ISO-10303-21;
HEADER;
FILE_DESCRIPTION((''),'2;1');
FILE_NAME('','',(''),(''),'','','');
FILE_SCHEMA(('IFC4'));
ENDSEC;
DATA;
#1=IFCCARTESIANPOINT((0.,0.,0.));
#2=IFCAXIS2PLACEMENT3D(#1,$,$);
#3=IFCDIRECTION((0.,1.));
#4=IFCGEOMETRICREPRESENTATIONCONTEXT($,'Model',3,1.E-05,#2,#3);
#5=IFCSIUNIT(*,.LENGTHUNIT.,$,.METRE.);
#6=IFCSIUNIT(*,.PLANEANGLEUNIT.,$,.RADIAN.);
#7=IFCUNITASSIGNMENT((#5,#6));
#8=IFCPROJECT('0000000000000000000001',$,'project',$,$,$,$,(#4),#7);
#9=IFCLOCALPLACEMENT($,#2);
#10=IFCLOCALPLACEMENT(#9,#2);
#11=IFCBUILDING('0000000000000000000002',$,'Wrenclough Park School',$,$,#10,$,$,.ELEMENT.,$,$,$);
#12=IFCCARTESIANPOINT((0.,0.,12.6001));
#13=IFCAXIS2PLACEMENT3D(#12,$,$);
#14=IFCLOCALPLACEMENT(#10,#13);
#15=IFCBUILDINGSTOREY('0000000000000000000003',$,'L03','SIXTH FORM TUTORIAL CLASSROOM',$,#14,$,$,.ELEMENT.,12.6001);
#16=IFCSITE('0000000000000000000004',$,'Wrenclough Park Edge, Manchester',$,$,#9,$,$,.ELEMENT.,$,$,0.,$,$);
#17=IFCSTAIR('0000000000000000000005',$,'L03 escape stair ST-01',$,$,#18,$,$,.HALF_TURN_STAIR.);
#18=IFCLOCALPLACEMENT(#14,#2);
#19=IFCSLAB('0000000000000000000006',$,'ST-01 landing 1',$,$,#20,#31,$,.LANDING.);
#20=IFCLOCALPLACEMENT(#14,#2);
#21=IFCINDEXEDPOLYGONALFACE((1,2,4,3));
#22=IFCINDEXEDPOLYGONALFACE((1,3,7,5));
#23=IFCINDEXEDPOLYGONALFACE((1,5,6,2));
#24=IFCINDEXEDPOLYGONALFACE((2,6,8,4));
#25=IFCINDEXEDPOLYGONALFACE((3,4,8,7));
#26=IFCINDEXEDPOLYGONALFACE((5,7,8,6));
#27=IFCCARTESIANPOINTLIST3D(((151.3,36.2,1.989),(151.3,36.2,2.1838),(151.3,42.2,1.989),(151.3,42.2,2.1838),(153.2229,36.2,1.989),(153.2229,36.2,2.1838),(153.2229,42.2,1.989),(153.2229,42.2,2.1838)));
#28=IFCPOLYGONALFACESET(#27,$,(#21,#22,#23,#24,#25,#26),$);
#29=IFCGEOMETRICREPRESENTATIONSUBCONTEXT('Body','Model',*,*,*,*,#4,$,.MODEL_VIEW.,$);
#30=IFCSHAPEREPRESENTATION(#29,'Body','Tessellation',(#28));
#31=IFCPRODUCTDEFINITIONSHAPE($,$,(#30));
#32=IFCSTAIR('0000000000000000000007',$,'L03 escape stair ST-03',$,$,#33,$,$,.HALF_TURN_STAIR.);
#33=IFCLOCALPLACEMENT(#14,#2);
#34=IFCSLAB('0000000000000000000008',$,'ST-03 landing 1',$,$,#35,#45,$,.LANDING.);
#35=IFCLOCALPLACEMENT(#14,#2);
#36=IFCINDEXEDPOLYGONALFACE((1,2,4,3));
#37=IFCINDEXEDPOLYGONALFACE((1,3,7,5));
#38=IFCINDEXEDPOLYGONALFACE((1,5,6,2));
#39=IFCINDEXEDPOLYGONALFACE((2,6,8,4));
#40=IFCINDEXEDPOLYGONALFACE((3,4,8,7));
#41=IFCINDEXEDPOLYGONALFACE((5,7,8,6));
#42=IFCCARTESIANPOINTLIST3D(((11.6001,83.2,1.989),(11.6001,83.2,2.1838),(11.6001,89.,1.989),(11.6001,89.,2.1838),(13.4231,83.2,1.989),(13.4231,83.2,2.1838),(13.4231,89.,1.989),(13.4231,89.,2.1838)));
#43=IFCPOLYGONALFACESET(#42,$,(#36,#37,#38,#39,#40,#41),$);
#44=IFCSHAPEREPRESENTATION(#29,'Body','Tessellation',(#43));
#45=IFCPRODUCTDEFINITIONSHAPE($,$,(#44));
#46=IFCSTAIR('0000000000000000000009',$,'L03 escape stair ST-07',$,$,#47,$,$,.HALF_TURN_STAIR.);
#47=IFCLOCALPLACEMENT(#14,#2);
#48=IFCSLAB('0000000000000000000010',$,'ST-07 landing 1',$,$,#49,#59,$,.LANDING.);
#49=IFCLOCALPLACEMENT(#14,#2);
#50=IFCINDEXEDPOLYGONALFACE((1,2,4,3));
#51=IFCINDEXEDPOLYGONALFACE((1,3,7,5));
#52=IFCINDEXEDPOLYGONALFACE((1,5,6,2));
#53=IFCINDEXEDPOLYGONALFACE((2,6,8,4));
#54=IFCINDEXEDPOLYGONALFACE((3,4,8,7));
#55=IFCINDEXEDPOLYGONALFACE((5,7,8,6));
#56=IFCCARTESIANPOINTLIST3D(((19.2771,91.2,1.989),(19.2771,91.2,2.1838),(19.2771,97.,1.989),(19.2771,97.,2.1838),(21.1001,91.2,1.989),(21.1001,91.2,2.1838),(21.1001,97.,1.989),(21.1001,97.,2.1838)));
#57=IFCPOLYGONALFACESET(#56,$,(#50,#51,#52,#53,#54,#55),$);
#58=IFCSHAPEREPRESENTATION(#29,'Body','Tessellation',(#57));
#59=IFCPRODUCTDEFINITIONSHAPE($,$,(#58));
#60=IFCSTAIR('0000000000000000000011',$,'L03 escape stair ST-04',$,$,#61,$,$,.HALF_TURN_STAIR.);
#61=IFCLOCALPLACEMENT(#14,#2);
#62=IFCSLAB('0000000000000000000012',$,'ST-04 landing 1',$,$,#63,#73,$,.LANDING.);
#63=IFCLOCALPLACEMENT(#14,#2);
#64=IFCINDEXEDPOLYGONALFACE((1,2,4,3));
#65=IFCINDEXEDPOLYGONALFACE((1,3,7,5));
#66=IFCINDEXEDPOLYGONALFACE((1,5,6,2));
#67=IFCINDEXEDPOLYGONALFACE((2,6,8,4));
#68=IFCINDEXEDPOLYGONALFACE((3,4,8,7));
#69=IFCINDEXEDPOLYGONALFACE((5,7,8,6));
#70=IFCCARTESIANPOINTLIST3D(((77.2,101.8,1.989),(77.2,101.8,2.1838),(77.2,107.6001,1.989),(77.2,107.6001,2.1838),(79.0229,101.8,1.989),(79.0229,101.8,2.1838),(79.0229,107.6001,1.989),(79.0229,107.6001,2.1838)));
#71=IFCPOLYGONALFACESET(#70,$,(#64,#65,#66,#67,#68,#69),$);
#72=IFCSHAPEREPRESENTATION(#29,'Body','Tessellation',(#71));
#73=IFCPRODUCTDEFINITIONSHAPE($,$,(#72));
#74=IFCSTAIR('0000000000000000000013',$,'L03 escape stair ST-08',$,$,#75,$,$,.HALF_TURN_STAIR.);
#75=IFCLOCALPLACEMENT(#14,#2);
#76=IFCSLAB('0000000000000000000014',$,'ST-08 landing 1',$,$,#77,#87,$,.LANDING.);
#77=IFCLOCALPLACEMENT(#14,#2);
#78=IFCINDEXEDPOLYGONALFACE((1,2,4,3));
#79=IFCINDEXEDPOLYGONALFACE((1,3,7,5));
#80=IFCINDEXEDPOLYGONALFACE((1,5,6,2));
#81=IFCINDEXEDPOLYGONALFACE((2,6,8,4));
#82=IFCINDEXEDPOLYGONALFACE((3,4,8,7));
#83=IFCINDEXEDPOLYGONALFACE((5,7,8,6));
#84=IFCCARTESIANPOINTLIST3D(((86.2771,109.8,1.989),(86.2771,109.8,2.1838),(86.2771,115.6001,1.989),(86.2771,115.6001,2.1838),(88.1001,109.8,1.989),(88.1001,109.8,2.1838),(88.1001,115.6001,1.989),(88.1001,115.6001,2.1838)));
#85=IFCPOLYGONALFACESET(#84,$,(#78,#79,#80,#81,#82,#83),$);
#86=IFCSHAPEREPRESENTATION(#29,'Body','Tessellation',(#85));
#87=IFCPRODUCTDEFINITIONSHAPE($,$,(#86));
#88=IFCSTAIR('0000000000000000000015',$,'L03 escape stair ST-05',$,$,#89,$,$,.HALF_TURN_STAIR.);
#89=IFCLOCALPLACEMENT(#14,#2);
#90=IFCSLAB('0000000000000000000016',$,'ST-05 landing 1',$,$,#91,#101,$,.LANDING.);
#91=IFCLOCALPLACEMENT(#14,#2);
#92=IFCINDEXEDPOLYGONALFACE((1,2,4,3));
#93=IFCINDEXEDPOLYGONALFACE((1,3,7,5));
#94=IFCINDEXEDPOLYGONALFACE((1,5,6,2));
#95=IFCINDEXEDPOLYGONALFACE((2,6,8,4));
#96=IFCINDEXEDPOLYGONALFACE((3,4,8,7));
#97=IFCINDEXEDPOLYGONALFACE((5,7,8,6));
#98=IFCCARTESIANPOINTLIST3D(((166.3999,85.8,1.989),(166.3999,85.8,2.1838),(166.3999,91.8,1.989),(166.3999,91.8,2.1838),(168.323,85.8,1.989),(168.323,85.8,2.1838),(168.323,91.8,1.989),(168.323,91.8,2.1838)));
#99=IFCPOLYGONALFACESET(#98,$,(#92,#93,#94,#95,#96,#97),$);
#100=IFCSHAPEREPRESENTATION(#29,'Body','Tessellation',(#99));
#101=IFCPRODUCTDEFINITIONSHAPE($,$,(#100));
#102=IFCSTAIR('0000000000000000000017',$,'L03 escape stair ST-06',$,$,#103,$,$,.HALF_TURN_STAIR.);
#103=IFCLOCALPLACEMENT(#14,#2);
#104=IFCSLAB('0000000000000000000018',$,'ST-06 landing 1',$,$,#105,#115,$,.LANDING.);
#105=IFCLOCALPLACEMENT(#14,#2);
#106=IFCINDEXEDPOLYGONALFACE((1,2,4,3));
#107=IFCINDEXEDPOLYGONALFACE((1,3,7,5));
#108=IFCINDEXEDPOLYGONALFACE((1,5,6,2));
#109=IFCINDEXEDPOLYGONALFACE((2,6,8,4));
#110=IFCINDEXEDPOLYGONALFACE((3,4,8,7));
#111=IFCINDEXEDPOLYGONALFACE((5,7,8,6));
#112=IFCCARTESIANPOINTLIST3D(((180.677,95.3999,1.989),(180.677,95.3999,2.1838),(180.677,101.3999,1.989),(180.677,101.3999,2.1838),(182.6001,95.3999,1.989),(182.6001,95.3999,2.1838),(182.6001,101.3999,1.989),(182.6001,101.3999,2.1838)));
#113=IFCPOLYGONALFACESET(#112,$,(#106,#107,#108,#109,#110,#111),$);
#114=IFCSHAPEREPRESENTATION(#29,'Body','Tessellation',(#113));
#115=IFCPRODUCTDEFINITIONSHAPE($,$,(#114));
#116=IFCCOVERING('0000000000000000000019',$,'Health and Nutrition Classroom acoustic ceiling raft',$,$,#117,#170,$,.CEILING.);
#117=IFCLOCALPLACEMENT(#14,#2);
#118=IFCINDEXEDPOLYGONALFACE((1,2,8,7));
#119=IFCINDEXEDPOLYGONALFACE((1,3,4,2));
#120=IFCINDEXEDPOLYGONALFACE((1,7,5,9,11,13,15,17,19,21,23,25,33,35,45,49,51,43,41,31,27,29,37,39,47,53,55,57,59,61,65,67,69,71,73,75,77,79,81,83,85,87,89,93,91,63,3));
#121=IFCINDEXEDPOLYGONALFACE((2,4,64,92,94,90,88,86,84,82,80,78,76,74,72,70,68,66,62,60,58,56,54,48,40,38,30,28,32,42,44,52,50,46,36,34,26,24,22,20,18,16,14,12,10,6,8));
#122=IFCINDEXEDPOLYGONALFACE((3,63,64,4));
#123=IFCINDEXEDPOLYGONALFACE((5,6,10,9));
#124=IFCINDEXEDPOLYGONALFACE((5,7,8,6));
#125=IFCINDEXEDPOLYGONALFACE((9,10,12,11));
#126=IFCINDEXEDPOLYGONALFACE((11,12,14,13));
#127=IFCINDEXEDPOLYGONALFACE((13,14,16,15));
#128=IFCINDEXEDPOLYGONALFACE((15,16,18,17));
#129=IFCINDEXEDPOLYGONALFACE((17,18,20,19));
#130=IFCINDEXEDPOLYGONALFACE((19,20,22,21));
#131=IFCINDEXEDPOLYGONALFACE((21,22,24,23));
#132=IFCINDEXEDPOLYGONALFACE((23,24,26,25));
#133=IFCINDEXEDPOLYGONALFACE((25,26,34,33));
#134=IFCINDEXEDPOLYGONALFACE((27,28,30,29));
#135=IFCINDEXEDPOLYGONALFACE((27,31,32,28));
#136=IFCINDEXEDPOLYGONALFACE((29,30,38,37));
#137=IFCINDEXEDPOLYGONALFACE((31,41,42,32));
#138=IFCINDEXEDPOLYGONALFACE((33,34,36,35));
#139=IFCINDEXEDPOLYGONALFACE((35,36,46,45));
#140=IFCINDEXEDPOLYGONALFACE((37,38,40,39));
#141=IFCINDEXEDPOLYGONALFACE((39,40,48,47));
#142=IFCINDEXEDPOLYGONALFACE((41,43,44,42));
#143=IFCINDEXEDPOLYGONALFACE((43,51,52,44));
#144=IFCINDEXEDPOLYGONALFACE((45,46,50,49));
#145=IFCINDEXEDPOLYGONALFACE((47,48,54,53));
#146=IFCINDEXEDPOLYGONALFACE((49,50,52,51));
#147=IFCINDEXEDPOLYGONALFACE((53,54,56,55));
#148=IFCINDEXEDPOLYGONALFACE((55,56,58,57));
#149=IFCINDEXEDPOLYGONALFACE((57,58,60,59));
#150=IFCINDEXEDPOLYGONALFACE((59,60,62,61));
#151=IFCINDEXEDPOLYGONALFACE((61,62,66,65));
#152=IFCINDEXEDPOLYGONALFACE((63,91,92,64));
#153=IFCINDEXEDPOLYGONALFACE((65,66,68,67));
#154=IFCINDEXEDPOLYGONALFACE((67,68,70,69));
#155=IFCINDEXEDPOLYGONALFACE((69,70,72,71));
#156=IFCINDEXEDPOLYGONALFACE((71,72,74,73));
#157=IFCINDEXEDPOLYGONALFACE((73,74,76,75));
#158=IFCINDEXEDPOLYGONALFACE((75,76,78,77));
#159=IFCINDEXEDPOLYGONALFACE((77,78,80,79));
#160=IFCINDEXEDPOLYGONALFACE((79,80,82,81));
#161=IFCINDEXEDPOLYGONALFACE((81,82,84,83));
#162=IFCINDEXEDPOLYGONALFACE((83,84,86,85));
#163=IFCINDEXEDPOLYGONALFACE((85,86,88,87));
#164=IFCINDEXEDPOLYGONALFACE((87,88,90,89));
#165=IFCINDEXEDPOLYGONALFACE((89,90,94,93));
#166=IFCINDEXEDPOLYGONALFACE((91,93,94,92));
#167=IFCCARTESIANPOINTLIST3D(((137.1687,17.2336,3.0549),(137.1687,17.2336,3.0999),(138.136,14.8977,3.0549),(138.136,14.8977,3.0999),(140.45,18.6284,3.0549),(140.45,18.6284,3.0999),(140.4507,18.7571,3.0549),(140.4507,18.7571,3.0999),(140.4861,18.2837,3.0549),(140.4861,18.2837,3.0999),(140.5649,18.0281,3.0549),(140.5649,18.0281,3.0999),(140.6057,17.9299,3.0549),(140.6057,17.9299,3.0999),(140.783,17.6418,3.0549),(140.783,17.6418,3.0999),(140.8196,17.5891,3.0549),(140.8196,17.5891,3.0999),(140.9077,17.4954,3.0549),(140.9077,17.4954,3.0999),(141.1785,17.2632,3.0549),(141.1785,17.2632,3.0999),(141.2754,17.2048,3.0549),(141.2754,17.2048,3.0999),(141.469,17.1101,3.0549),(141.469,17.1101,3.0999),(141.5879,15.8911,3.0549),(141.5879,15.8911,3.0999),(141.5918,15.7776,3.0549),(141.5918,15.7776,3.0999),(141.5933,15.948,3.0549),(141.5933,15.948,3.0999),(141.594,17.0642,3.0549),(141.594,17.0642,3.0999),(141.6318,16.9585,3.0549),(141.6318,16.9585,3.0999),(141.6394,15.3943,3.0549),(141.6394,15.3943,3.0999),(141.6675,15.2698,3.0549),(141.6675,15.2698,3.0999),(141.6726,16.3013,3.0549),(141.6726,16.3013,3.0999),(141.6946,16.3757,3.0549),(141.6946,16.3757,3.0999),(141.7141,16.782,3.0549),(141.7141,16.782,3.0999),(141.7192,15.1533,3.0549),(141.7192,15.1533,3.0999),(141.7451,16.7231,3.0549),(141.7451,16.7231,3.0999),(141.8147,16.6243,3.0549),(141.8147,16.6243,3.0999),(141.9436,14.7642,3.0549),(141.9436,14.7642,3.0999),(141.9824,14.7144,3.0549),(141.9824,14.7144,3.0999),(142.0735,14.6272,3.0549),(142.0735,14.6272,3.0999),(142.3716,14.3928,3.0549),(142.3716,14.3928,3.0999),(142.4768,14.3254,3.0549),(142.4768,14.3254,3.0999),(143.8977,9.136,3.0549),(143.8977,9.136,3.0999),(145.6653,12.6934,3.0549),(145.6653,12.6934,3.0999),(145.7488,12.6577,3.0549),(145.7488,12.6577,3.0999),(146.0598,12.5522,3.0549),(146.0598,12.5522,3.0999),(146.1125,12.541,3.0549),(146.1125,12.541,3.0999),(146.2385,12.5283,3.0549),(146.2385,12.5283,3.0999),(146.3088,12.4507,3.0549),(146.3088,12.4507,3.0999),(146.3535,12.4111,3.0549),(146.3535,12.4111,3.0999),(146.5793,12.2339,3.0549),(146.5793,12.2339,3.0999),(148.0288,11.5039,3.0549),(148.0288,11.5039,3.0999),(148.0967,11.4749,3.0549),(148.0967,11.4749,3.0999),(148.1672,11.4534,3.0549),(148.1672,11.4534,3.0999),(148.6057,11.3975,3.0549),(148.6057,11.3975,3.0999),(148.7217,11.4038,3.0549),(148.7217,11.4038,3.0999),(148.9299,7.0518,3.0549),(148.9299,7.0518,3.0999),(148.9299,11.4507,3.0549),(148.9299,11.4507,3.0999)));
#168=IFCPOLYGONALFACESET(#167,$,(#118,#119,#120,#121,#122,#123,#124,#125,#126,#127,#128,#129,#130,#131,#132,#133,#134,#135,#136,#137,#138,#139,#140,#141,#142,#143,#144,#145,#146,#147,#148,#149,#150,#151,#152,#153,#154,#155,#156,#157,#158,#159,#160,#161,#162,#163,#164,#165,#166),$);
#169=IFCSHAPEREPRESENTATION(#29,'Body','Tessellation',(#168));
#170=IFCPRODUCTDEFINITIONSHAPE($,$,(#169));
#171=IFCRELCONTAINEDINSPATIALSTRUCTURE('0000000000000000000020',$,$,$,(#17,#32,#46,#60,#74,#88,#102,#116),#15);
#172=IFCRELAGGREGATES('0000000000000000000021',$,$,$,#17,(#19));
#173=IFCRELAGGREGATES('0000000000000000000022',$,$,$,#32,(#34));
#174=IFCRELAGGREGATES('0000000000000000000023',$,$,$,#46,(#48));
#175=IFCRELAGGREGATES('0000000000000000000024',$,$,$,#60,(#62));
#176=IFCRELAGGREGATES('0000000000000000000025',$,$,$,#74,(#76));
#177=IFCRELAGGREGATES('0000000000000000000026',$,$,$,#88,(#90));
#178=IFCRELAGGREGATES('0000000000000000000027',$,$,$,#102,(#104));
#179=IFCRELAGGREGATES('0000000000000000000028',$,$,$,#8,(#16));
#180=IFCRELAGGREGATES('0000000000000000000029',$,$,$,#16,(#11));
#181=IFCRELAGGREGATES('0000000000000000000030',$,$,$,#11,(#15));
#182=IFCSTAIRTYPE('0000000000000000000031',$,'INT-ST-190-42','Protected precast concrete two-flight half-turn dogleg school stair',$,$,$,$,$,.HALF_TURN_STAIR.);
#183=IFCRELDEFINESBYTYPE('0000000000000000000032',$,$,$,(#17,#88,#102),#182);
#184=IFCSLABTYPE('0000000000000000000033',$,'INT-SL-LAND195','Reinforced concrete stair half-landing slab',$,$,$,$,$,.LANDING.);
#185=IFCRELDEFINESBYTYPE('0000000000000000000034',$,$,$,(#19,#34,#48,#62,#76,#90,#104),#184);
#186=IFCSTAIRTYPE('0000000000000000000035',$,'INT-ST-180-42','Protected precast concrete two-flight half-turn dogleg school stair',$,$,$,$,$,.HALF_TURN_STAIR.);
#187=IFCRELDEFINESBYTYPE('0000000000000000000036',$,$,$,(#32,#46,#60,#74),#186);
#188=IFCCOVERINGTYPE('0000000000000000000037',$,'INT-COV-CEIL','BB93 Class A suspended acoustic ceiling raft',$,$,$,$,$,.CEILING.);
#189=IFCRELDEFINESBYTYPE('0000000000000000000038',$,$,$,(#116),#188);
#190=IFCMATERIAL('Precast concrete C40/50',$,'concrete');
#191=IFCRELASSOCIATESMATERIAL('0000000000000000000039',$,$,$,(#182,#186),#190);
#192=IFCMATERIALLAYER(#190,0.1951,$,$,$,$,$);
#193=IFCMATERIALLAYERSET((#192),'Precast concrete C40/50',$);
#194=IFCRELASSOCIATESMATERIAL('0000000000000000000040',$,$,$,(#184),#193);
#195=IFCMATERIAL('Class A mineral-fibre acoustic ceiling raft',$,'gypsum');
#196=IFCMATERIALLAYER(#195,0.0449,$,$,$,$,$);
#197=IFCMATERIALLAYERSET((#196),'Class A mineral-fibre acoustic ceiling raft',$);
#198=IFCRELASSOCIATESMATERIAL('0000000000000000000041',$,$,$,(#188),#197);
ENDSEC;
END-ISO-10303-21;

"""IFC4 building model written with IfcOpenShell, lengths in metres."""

from ifc_helpers import new_model, si_unit, direction, frame, origin, place, context, subcontext, project, spatial, polyline, outline, extrude, material, layer, layer_set, type_object, element, aggregate, save


model = new_model("IFC4")

# Units and contexts
model_context = context("Model", 3, precision=1e-05, world=origin(), true_north=direction((0.0, 1.0)))
body_context = subcontext(model_context, "Body", "Model", "MODEL_VIEW")
ifc_project = project(units=[si_unit("LENGTHUNIT", "METRE"), si_unit("PLANEANGLEUNIT", "RADIAN")], contexts=[model_context])

# Site, building, storey
site_placement = place(None, origin())
site = spatial("IfcSite", under=ifc_project, at=site_placement, Name="Wrenclough Park Edge, Manchester", CompositionType="ELEMENT", RefElevation=0.0)
building_placement = place(site_placement, origin())
building = spatial("IfcBuilding", under=site, at=building_placement, Name="Wrenclough Park School", CompositionType="ELEMENT")
storey_placement = place(building_placement, frame((0.0, 0.0, 12.6001)))
storey = spatial("IfcBuildingStorey", under=building, at=storey_placement, Name="L03", Description="SIXTH FORM TUTORIAL CLASSROOM", CompositionType="ELEMENT", Elevation=12.6001)

# Stairs, slabs
ifc_material_1 = material(Name="Precast concrete C40/50", Category="concrete")
stair_type_1 = type_object("IfcStairType", Name="INT-ST-190-42", Description="Protected precast concrete two-flight half-turn dogleg school stair", PredefinedType="HALF_TURN_STAIR", material=ifc_material_1)
stair_1_placement = place(storey_placement, origin())
stair_1 = element("IfcStair", 1, at=stair_1_placement, inside=storey, type_object=stair_type_1, Name="L03 escape stair ST-01", PredefinedType="HALF_TURN_STAIR")
ifc_layer_1 = layer(ifc_material_1, 0.1951)
ifc_layer_set_1 = layer_set([ifc_layer_1], Name="Precast concrete C40/50")
slab_type = type_object("IfcSlabType", Name="INT-SL-LAND195", Description="Reinforced concrete stair half-landing slab", PredefinedType="LANDING", material=ifc_layer_set_1)
slab_1_placement = place(storey_placement, frame((0.0, 0.0, 1.989)))
slab_1 = element("IfcSlab", 2, at=slab_1_placement, type_object=slab_type, Name="ST-01 landing 1", PredefinedType="LANDING", context=body_context, shape_type="SweptSolid", body=[
    extrude(outline(polyline([(151.3, 36.2), (153.2229, 36.2), (153.2229, 42.2), (151.3, 42.2), (151.3, 36.2)])), origin(), (0.0, 0.0, 1.0), 0.1948),
])
aggregate(stair_1, [slab_1])
stair_type_2 = type_object("IfcStairType", Name="INT-ST-180-42", Description="Protected precast concrete two-flight half-turn dogleg school stair", PredefinedType="HALF_TURN_STAIR", material=ifc_material_1)
stair_2_placement = place(storey_placement, origin())
stair_2 = element("IfcStair", 3, at=stair_2_placement, inside=storey, type_object=stair_type_2, Name="L03 escape stair ST-03", PredefinedType="HALF_TURN_STAIR")
slab_2_placement = place(storey_placement, frame((0.0, 0.0, 1.989)))
slab_2 = element("IfcSlab", 4, at=slab_2_placement, type_object=slab_type, Name="ST-03 landing 1", PredefinedType="LANDING", context=body_context, shape_type="SweptSolid", body=[
    extrude(outline(polyline([(11.6001, 83.2), (13.4231, 83.2), (13.4231, 89.0), (11.6001, 89.0), (11.6001, 83.2)])), origin(), (0.0, 0.0, 1.0), 0.1948),
])
aggregate(stair_2, [slab_2])
stair_3_placement = place(storey_placement, origin())
stair_3 = element("IfcStair", 5, at=stair_3_placement, inside=storey, type_object=stair_type_2, Name="L03 escape stair ST-07", PredefinedType="HALF_TURN_STAIR")
slab_3_placement = place(storey_placement, frame((0.0, 0.0, 1.989)))
slab_3 = element("IfcSlab", 6, at=slab_3_placement, type_object=slab_type, Name="ST-07 landing 1", PredefinedType="LANDING", context=body_context, shape_type="SweptSolid", body=[
    extrude(outline(polyline([(19.2771, 91.2), (21.1001, 91.2), (21.1001, 97.0), (19.2771, 97.0), (19.2771, 91.2)])), origin(), (0.0, 0.0, 1.0), 0.1948),
])
aggregate(stair_3, [slab_3])
stair_4_placement = place(storey_placement, origin())
stair_4 = element("IfcStair", 7, at=stair_4_placement, inside=storey, type_object=stair_type_2, Name="L03 escape stair ST-04", PredefinedType="HALF_TURN_STAIR")
slab_4_placement = place(storey_placement, frame((0.0, 0.0, 1.989)))
slab_4 = element("IfcSlab", 8, at=slab_4_placement, type_object=slab_type, Name="ST-04 landing 1", PredefinedType="LANDING", context=body_context, shape_type="SweptSolid", body=[
    extrude(outline(polyline([(77.2, 101.8), (79.0229, 101.8), (79.0229, 107.6001), (77.2, 107.6001), (77.2, 101.8)])), origin(), (0.0, 0.0, 1.0), 0.1948),
])
aggregate(stair_4, [slab_4])
stair_5_placement = place(storey_placement, origin())
stair_5 = element("IfcStair", 9, at=stair_5_placement, inside=storey, type_object=stair_type_2, Name="L03 escape stair ST-08", PredefinedType="HALF_TURN_STAIR")
slab_5_placement = place(storey_placement, frame((0.0, 0.0, 1.989)))
slab_5 = element("IfcSlab", 10, at=slab_5_placement, type_object=slab_type, Name="ST-08 landing 1", PredefinedType="LANDING", context=body_context, shape_type="SweptSolid", body=[
    extrude(outline(polyline([(86.2771, 109.8), (88.1001, 109.8), (88.1001, 115.6001), (86.2771, 115.6001), (86.2771, 109.8)])), origin(), (0.0, 0.0, 1.0), 0.1948),
])
aggregate(stair_5, [slab_5])
stair_6_placement = place(storey_placement, origin())
stair_6 = element("IfcStair", 11, at=stair_6_placement, inside=storey, type_object=stair_type_1, Name="L03 escape stair ST-05", PredefinedType="HALF_TURN_STAIR")
slab_6_placement = place(storey_placement, frame((0.0, 0.0, 1.989)))
slab_6 = element("IfcSlab", 12, at=slab_6_placement, type_object=slab_type, Name="ST-05 landing 1", PredefinedType="LANDING", context=body_context, shape_type="SweptSolid", body=[
    extrude(outline(polyline([(166.3999, 85.8), (168.323, 85.8), (168.323, 91.8), (166.3999, 91.8), (166.3999, 85.8)])), origin(), (0.0, 0.0, 1.0), 0.1948),
])
aggregate(stair_6, [slab_6])
stair_7_placement = place(storey_placement, origin())
stair_7 = element("IfcStair", 13, at=stair_7_placement, inside=storey, type_object=stair_type_1, Name="L03 escape stair ST-06", PredefinedType="HALF_TURN_STAIR")
slab_7_placement = place(storey_placement, frame((0.0, 0.0, 1.989)))
slab_7 = element("IfcSlab", 14, at=slab_7_placement, type_object=slab_type, Name="ST-06 landing 1", PredefinedType="LANDING", context=body_context, shape_type="SweptSolid", body=[
    extrude(outline(polyline([(180.677, 95.3999), (182.6001, 95.3999), (182.6001, 101.3999), (180.677, 101.3999), (180.677, 95.3999)])), origin(), (0.0, 0.0, 1.0), 0.1948),
])
aggregate(stair_7, [slab_7])

# Covering
ifc_material_2 = material(Name="Class A mineral-fibre acoustic ceiling raft", Category="gypsum")
ifc_layer_2 = layer(ifc_material_2, 0.0449)
ifc_layer_set_2 = layer_set([ifc_layer_2], Name="Class A mineral-fibre acoustic ceiling raft")
covering_type_1 = type_object("IfcCoveringType", Name="INT-COV-CEIL", Description="BB93 Class A suspended acoustic ceiling raft", PredefinedType="CEILING", material=ifc_layer_set_2)
covering_1_placement = place(storey_placement, frame((0.0, 0.0, 3.0549)))
element("IfcCovering", 15, at=covering_1_placement, inside=storey, type_object=covering_type_1, Name="Health and Nutrition Classroom acoustic ceiling raft", PredefinedType="CEILING", context=body_context, shape_type="SweptSolid", body=[
    extrude(outline(polyline([(140.45, 18.6284), (140.4507, 18.7571), (137.1687, 17.2336), (138.136, 14.8977), (143.8977, 9.136), (148.9299, 7.0518), (148.9299, 11.4507), (148.7217, 11.4038), (148.6057, 11.3975), (148.1672, 11.4534), (148.0967, 11.4749), (148.0288, 11.5039), (146.5793, 12.2339), (146.3535, 12.4111), (146.3088, 12.4507), (146.2385, 12.5283), (146.1125, 12.541), (146.0598, 12.5522), (145.7488, 12.6577), (145.6653, 12.6934), (142.4768, 14.3254), (142.3716, 14.3928), (142.0735, 14.6272), (141.9824, 14.7144), (141.9436, 14.7642), (141.7192, 15.1533), (141.6675, 15.2698), (141.6394, 15.3943), (141.5918, 15.7776), (141.5879, 15.8911), (141.5933, 15.948), (141.6726, 16.3013), (141.6946, 16.3757), (141.8147, 16.6243), (141.7451, 16.7231), (141.7141, 16.782), (141.6318, 16.9585), (141.594, 17.0642), (141.469, 17.1101), (141.2754, 17.2048), (141.1785, 17.2632), (140.9077, 17.4954), (140.8196, 17.5891), (140.783, 17.6418), (140.6057, 17.9299), (140.5649, 18.0281), (140.4861, 18.2837), (140.45, 18.6284)])), origin(), (0.0, 0.0, 1.0), 0.0449),
])

save(model, "model.ifc")
